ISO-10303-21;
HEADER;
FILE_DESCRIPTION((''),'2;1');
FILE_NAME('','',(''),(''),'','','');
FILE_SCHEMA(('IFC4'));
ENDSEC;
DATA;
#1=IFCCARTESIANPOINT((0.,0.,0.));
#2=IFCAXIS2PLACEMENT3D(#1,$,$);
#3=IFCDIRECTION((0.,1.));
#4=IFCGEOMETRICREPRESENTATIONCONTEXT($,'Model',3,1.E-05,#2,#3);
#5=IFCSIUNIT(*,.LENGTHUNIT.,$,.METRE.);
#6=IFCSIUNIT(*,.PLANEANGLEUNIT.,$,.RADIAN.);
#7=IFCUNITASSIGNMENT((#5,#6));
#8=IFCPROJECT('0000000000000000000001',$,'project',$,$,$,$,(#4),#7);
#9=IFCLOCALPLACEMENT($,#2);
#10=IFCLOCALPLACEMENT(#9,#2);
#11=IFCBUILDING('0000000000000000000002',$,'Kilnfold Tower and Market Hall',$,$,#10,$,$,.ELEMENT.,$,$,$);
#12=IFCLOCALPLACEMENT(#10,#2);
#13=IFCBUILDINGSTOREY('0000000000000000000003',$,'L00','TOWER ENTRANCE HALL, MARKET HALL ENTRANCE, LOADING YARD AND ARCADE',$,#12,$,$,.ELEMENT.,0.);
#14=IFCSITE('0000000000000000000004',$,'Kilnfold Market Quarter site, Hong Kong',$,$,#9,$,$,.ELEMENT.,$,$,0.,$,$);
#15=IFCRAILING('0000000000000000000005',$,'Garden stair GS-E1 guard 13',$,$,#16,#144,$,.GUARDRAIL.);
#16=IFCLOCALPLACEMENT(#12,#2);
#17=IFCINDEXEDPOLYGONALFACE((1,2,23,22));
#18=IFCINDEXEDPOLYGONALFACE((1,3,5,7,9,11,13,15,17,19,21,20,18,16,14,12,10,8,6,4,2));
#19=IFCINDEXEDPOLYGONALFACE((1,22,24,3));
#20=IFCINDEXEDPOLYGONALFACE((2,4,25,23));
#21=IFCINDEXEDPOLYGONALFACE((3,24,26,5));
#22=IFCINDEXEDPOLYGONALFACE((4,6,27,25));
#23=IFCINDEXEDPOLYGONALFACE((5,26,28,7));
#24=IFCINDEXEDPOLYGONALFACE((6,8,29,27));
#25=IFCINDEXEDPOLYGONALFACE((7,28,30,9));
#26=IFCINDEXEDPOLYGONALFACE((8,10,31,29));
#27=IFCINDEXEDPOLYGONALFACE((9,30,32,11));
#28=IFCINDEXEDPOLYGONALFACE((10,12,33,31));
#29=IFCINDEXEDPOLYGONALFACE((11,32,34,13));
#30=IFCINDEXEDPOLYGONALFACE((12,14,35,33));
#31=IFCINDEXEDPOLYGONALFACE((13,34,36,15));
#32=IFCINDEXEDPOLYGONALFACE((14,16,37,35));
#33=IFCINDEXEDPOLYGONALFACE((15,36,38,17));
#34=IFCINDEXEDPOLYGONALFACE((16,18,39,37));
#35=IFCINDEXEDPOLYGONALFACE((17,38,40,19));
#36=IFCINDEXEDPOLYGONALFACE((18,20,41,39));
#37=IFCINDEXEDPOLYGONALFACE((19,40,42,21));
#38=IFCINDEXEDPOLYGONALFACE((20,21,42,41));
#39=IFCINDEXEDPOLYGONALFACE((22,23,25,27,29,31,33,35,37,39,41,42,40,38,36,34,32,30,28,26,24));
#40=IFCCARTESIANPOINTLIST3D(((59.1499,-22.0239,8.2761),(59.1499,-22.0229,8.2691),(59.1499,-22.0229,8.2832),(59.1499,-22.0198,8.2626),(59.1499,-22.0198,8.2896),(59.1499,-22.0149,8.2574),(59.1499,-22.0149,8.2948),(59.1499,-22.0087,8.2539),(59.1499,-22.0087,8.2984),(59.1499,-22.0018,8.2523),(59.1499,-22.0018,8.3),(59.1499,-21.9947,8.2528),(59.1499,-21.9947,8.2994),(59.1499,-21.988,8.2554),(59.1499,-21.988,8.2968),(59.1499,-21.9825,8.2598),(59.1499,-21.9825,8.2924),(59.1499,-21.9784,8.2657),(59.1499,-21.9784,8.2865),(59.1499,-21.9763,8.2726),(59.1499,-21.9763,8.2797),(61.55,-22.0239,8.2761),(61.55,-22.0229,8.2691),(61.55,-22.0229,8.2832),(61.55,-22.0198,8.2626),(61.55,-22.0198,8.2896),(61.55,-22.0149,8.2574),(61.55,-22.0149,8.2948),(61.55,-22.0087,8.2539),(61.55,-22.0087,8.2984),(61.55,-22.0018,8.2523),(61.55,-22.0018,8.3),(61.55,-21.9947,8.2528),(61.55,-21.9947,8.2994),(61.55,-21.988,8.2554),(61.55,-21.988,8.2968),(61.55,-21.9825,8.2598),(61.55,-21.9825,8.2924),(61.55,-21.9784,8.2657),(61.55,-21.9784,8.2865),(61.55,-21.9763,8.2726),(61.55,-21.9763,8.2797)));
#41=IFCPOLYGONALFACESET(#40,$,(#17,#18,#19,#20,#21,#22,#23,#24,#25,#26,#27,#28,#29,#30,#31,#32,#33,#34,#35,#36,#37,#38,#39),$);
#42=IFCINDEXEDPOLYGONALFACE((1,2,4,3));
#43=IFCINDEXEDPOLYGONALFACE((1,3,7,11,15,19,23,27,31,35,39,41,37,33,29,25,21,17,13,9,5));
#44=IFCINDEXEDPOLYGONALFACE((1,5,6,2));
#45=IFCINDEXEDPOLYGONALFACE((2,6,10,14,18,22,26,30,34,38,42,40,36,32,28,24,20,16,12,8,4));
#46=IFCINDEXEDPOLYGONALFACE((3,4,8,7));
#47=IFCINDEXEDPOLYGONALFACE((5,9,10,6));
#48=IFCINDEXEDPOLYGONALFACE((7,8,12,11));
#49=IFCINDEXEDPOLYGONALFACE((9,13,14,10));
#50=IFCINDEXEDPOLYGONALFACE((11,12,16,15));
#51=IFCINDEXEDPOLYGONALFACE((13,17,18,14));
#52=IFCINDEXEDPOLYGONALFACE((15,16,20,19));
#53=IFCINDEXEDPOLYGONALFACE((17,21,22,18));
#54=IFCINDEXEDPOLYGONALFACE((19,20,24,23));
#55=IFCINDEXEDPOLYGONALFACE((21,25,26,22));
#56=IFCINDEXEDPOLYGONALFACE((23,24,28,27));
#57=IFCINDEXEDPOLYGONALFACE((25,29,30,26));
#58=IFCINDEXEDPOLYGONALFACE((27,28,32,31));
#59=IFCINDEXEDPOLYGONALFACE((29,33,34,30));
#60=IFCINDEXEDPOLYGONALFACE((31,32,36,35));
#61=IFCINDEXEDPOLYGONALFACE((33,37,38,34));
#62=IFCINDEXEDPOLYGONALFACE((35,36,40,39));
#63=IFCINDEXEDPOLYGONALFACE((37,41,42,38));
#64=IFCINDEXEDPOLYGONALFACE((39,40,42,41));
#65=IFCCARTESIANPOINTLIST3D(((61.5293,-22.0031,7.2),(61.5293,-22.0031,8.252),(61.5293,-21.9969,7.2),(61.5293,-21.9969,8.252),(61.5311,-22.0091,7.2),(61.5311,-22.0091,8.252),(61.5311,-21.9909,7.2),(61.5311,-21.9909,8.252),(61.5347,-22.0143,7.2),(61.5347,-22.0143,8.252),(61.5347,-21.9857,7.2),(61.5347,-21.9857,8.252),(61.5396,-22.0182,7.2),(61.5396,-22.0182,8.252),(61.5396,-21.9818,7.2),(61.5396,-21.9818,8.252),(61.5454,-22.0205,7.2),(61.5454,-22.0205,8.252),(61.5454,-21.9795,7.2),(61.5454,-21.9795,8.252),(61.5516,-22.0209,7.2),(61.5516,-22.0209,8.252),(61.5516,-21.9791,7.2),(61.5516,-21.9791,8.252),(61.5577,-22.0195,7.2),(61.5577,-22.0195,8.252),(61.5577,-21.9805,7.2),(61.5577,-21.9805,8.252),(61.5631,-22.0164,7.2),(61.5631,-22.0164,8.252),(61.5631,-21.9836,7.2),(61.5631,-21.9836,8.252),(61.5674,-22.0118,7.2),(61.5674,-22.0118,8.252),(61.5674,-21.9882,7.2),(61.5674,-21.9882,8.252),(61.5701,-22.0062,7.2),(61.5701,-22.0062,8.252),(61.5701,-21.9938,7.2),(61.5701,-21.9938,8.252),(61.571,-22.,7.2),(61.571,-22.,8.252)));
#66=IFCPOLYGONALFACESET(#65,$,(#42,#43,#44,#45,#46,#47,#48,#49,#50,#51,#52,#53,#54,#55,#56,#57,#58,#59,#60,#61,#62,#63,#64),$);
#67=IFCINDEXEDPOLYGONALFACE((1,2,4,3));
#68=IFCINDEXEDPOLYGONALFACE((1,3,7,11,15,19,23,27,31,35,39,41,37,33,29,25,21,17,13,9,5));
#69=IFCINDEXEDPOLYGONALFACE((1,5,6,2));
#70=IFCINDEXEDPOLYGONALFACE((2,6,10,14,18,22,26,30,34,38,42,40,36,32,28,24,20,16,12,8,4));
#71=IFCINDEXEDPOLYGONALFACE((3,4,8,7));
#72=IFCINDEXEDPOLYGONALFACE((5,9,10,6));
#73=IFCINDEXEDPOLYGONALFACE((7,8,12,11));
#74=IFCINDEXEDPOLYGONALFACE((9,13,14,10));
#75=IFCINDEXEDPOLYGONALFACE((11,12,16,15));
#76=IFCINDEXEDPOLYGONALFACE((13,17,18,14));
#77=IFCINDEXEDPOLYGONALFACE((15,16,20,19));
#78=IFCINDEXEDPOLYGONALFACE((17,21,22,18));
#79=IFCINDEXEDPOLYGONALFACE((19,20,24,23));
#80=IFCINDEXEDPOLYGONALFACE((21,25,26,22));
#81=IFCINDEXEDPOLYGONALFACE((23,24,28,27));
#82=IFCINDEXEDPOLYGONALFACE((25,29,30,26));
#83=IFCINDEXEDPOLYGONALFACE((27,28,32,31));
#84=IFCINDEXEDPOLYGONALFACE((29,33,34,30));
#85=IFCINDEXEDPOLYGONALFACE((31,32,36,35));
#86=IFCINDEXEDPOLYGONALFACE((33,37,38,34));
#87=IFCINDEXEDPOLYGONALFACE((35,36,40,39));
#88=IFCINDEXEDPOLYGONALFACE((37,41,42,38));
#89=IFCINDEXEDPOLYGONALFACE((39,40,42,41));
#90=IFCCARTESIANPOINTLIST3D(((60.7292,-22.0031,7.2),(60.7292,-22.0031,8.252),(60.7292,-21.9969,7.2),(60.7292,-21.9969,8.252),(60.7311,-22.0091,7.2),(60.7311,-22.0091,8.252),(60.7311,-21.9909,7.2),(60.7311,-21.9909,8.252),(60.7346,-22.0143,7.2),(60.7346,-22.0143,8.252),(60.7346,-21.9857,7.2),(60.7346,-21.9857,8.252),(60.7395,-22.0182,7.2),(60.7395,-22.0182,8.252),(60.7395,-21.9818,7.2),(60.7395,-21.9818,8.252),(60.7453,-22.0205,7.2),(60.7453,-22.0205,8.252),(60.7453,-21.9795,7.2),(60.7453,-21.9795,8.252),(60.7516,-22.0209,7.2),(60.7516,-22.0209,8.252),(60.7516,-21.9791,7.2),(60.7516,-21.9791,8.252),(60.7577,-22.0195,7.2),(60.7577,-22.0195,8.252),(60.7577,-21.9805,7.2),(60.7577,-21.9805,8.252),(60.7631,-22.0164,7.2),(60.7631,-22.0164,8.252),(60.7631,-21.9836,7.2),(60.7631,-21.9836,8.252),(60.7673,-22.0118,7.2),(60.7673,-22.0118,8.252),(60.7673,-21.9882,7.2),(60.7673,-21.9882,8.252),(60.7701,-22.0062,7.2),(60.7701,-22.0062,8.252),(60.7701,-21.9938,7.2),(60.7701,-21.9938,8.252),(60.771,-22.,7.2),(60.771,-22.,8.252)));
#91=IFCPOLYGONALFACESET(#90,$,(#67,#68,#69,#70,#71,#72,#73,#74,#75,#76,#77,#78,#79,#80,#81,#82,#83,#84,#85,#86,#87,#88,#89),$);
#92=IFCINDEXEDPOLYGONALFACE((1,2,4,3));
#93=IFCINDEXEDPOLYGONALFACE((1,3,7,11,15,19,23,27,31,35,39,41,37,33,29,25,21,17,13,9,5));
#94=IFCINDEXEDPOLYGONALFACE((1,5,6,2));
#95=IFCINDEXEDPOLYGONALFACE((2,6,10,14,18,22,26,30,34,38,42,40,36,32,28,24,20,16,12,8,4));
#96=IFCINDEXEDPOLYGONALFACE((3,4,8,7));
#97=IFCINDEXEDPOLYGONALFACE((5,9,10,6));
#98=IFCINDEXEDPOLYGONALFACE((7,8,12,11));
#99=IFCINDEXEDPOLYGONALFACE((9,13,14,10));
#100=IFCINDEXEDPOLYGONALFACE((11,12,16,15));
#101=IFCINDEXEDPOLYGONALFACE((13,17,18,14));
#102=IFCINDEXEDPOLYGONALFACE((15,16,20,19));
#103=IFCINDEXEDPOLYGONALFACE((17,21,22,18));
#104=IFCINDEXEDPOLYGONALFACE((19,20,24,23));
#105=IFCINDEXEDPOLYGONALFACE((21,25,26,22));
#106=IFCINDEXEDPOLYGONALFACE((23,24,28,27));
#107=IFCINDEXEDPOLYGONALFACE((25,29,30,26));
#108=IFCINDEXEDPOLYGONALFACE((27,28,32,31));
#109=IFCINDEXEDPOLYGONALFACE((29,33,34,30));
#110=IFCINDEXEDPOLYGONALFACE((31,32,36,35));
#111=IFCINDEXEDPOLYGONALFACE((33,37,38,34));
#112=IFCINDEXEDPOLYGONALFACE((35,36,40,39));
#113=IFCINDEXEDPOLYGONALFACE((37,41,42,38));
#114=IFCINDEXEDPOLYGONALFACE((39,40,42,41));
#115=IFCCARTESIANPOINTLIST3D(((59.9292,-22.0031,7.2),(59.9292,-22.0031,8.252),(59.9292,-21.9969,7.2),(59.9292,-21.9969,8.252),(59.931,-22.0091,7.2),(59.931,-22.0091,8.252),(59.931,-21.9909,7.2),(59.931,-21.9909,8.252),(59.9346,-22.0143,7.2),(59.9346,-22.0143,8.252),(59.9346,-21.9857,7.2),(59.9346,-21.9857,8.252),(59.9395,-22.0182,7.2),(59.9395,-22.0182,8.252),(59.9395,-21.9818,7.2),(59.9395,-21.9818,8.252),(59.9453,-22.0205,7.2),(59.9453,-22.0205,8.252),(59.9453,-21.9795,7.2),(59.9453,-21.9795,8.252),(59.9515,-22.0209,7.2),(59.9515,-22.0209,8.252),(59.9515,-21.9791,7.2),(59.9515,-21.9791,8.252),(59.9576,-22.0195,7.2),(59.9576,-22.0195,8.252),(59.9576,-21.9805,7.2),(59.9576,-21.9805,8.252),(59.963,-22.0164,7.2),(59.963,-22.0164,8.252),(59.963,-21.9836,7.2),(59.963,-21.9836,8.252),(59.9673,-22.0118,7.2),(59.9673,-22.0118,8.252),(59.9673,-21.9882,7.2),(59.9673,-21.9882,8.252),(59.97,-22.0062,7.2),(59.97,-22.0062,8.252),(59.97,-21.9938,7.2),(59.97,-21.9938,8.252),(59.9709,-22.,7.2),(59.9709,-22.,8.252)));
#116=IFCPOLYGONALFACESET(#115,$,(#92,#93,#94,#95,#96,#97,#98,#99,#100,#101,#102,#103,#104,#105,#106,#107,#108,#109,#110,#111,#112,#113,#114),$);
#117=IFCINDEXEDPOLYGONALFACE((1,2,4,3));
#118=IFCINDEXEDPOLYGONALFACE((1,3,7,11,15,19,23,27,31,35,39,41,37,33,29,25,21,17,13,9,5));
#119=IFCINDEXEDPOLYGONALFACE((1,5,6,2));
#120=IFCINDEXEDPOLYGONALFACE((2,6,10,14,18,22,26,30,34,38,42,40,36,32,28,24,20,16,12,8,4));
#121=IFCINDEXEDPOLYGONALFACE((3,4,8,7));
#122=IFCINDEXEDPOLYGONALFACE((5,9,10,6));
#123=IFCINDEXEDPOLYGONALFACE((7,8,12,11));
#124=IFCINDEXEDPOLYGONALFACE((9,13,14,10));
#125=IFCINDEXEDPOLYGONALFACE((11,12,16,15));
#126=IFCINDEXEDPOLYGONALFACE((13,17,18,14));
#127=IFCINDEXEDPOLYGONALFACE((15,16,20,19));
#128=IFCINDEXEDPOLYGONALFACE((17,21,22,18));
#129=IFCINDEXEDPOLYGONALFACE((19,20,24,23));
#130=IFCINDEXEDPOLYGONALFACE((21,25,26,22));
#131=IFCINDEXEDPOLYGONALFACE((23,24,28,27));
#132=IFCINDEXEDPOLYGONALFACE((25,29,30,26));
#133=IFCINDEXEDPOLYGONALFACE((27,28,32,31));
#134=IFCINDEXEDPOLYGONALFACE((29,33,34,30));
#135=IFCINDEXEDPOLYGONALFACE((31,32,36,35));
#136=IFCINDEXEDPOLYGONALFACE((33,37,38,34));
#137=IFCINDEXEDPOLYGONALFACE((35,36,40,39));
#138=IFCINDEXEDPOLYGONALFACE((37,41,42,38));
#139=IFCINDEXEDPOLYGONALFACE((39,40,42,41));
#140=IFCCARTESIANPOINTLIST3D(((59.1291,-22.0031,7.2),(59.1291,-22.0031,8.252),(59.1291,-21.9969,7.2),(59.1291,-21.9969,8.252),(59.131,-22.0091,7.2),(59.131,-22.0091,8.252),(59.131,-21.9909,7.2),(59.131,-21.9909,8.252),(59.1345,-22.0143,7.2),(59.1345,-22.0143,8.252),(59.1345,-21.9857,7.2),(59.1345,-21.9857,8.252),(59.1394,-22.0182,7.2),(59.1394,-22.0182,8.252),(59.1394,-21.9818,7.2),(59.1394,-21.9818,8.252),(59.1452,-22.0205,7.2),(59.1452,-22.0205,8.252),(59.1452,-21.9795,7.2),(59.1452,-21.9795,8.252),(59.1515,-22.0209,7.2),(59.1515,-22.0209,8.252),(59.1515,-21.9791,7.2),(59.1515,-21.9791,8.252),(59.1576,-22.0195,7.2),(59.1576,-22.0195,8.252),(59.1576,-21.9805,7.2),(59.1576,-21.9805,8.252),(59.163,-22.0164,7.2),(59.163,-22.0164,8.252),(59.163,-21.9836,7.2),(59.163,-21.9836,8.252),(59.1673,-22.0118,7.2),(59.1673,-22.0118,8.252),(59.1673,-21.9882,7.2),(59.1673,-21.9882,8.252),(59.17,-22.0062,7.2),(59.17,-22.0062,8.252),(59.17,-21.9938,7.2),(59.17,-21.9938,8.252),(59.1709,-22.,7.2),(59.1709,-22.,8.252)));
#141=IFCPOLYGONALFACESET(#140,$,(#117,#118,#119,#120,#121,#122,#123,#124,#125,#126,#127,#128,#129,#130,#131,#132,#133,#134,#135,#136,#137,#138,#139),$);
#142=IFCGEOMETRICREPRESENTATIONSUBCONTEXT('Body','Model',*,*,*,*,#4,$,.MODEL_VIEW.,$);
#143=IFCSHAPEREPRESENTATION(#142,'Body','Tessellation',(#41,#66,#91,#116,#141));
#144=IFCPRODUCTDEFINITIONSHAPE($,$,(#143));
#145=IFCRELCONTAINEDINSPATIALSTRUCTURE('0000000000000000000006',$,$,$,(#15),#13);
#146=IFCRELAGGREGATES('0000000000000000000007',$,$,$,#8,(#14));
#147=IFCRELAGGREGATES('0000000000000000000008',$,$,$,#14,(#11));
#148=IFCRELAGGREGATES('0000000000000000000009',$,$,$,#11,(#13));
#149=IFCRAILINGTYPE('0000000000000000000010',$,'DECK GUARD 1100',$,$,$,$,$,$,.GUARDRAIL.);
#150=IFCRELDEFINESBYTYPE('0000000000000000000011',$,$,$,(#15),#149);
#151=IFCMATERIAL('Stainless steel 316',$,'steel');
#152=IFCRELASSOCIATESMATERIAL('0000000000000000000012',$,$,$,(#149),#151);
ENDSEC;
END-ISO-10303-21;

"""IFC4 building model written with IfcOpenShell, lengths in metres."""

from ifc_helpers import new_model, si_unit, direction, frame, origin, origin_2d, place, context, subcontext, project, spatial, circle, extrude, material, type_object, element, save


model = new_model("IFC4")

# Units and contexts
model_context = context("Model", 3, precision=1e-05, world=origin(), true_north=direction((0.0, 1.0)))
body_context = subcontext(model_context, "Body", "Model", "MODEL_VIEW")
ifc_project = project(units=[si_unit("LENGTHUNIT", "METRE"), si_unit("PLANEANGLEUNIT", "RADIAN")], contexts=[model_context])

# Site, building, storey
site_placement = place(None, origin())
site = spatial("IfcSite", under=ifc_project, at=site_placement, Name="Kilnfold Market Quarter site, Hong Kong", CompositionType="ELEMENT", RefElevation=0.0)
building_placement = place(site_placement, origin())
building = spatial("IfcBuilding", under=site, at=building_placement, Name="Kilnfold Tower and Market Hall", CompositionType="ELEMENT")
storey_placement = place(building_placement, origin())
storey = spatial("IfcBuildingStorey", under=building, at=storey_placement, Name="L00", Description="TOWER ENTRANCE HALL, MARKET HALL ENTRANCE, LOADING YARD AND ARCADE", CompositionType="ELEMENT", Elevation=0.0)

# Railing
ifc_material_1 = material(Name="Stainless steel 316", Category="steel")
railing_type_1 = type_object("IfcRailingType", Name="DECK GUARD 1100", PredefinedType="GUARDRAIL", material=ifc_material_1)
for number, where, name in (
    (1, (61.55, -22.0, 7.2), "Garden stair GS-E1 guard 13"),
):
    element("IfcRailing", number, at=place(storey_placement, frame(where)), inside=storey, type_object=railing_type_1, Name=name, PredefinedType="GUARDRAIL", context=body_context, shape_type="SweptSolid", body=[
        extrude(circle(Radius=0.0239, at=origin_2d()), frame((0.0, 0.0, 1.0762), z_axis=(-1.0, 0.0, 0.0), x_axis=(0.0, -1.0, 0.0)), (0.0, 0.0, 1.0), 2.4001),
        extrude(circle(Radius=0.021, at=origin_2d()), origin(), (0.0, 0.0, 1.0), 1.052),
        extrude(circle(Radius=0.021, at=origin_2d()), frame((-0.8, 0.0, 0.0)), (0.0, 0.0, 1.0), 1.052),
        extrude(circle(Radius=0.021, at=origin_2d()), frame((-1.6001, 0.0, 0.0)), (0.0, 0.0, 1.0), 1.052),
        extrude(circle(Radius=0.021, at=origin_2d()), frame((-2.4001, 0.0, 0.0)), (0.0, 0.0, 1.0), 1.052),
    ])

save(model, "model.ifc")
